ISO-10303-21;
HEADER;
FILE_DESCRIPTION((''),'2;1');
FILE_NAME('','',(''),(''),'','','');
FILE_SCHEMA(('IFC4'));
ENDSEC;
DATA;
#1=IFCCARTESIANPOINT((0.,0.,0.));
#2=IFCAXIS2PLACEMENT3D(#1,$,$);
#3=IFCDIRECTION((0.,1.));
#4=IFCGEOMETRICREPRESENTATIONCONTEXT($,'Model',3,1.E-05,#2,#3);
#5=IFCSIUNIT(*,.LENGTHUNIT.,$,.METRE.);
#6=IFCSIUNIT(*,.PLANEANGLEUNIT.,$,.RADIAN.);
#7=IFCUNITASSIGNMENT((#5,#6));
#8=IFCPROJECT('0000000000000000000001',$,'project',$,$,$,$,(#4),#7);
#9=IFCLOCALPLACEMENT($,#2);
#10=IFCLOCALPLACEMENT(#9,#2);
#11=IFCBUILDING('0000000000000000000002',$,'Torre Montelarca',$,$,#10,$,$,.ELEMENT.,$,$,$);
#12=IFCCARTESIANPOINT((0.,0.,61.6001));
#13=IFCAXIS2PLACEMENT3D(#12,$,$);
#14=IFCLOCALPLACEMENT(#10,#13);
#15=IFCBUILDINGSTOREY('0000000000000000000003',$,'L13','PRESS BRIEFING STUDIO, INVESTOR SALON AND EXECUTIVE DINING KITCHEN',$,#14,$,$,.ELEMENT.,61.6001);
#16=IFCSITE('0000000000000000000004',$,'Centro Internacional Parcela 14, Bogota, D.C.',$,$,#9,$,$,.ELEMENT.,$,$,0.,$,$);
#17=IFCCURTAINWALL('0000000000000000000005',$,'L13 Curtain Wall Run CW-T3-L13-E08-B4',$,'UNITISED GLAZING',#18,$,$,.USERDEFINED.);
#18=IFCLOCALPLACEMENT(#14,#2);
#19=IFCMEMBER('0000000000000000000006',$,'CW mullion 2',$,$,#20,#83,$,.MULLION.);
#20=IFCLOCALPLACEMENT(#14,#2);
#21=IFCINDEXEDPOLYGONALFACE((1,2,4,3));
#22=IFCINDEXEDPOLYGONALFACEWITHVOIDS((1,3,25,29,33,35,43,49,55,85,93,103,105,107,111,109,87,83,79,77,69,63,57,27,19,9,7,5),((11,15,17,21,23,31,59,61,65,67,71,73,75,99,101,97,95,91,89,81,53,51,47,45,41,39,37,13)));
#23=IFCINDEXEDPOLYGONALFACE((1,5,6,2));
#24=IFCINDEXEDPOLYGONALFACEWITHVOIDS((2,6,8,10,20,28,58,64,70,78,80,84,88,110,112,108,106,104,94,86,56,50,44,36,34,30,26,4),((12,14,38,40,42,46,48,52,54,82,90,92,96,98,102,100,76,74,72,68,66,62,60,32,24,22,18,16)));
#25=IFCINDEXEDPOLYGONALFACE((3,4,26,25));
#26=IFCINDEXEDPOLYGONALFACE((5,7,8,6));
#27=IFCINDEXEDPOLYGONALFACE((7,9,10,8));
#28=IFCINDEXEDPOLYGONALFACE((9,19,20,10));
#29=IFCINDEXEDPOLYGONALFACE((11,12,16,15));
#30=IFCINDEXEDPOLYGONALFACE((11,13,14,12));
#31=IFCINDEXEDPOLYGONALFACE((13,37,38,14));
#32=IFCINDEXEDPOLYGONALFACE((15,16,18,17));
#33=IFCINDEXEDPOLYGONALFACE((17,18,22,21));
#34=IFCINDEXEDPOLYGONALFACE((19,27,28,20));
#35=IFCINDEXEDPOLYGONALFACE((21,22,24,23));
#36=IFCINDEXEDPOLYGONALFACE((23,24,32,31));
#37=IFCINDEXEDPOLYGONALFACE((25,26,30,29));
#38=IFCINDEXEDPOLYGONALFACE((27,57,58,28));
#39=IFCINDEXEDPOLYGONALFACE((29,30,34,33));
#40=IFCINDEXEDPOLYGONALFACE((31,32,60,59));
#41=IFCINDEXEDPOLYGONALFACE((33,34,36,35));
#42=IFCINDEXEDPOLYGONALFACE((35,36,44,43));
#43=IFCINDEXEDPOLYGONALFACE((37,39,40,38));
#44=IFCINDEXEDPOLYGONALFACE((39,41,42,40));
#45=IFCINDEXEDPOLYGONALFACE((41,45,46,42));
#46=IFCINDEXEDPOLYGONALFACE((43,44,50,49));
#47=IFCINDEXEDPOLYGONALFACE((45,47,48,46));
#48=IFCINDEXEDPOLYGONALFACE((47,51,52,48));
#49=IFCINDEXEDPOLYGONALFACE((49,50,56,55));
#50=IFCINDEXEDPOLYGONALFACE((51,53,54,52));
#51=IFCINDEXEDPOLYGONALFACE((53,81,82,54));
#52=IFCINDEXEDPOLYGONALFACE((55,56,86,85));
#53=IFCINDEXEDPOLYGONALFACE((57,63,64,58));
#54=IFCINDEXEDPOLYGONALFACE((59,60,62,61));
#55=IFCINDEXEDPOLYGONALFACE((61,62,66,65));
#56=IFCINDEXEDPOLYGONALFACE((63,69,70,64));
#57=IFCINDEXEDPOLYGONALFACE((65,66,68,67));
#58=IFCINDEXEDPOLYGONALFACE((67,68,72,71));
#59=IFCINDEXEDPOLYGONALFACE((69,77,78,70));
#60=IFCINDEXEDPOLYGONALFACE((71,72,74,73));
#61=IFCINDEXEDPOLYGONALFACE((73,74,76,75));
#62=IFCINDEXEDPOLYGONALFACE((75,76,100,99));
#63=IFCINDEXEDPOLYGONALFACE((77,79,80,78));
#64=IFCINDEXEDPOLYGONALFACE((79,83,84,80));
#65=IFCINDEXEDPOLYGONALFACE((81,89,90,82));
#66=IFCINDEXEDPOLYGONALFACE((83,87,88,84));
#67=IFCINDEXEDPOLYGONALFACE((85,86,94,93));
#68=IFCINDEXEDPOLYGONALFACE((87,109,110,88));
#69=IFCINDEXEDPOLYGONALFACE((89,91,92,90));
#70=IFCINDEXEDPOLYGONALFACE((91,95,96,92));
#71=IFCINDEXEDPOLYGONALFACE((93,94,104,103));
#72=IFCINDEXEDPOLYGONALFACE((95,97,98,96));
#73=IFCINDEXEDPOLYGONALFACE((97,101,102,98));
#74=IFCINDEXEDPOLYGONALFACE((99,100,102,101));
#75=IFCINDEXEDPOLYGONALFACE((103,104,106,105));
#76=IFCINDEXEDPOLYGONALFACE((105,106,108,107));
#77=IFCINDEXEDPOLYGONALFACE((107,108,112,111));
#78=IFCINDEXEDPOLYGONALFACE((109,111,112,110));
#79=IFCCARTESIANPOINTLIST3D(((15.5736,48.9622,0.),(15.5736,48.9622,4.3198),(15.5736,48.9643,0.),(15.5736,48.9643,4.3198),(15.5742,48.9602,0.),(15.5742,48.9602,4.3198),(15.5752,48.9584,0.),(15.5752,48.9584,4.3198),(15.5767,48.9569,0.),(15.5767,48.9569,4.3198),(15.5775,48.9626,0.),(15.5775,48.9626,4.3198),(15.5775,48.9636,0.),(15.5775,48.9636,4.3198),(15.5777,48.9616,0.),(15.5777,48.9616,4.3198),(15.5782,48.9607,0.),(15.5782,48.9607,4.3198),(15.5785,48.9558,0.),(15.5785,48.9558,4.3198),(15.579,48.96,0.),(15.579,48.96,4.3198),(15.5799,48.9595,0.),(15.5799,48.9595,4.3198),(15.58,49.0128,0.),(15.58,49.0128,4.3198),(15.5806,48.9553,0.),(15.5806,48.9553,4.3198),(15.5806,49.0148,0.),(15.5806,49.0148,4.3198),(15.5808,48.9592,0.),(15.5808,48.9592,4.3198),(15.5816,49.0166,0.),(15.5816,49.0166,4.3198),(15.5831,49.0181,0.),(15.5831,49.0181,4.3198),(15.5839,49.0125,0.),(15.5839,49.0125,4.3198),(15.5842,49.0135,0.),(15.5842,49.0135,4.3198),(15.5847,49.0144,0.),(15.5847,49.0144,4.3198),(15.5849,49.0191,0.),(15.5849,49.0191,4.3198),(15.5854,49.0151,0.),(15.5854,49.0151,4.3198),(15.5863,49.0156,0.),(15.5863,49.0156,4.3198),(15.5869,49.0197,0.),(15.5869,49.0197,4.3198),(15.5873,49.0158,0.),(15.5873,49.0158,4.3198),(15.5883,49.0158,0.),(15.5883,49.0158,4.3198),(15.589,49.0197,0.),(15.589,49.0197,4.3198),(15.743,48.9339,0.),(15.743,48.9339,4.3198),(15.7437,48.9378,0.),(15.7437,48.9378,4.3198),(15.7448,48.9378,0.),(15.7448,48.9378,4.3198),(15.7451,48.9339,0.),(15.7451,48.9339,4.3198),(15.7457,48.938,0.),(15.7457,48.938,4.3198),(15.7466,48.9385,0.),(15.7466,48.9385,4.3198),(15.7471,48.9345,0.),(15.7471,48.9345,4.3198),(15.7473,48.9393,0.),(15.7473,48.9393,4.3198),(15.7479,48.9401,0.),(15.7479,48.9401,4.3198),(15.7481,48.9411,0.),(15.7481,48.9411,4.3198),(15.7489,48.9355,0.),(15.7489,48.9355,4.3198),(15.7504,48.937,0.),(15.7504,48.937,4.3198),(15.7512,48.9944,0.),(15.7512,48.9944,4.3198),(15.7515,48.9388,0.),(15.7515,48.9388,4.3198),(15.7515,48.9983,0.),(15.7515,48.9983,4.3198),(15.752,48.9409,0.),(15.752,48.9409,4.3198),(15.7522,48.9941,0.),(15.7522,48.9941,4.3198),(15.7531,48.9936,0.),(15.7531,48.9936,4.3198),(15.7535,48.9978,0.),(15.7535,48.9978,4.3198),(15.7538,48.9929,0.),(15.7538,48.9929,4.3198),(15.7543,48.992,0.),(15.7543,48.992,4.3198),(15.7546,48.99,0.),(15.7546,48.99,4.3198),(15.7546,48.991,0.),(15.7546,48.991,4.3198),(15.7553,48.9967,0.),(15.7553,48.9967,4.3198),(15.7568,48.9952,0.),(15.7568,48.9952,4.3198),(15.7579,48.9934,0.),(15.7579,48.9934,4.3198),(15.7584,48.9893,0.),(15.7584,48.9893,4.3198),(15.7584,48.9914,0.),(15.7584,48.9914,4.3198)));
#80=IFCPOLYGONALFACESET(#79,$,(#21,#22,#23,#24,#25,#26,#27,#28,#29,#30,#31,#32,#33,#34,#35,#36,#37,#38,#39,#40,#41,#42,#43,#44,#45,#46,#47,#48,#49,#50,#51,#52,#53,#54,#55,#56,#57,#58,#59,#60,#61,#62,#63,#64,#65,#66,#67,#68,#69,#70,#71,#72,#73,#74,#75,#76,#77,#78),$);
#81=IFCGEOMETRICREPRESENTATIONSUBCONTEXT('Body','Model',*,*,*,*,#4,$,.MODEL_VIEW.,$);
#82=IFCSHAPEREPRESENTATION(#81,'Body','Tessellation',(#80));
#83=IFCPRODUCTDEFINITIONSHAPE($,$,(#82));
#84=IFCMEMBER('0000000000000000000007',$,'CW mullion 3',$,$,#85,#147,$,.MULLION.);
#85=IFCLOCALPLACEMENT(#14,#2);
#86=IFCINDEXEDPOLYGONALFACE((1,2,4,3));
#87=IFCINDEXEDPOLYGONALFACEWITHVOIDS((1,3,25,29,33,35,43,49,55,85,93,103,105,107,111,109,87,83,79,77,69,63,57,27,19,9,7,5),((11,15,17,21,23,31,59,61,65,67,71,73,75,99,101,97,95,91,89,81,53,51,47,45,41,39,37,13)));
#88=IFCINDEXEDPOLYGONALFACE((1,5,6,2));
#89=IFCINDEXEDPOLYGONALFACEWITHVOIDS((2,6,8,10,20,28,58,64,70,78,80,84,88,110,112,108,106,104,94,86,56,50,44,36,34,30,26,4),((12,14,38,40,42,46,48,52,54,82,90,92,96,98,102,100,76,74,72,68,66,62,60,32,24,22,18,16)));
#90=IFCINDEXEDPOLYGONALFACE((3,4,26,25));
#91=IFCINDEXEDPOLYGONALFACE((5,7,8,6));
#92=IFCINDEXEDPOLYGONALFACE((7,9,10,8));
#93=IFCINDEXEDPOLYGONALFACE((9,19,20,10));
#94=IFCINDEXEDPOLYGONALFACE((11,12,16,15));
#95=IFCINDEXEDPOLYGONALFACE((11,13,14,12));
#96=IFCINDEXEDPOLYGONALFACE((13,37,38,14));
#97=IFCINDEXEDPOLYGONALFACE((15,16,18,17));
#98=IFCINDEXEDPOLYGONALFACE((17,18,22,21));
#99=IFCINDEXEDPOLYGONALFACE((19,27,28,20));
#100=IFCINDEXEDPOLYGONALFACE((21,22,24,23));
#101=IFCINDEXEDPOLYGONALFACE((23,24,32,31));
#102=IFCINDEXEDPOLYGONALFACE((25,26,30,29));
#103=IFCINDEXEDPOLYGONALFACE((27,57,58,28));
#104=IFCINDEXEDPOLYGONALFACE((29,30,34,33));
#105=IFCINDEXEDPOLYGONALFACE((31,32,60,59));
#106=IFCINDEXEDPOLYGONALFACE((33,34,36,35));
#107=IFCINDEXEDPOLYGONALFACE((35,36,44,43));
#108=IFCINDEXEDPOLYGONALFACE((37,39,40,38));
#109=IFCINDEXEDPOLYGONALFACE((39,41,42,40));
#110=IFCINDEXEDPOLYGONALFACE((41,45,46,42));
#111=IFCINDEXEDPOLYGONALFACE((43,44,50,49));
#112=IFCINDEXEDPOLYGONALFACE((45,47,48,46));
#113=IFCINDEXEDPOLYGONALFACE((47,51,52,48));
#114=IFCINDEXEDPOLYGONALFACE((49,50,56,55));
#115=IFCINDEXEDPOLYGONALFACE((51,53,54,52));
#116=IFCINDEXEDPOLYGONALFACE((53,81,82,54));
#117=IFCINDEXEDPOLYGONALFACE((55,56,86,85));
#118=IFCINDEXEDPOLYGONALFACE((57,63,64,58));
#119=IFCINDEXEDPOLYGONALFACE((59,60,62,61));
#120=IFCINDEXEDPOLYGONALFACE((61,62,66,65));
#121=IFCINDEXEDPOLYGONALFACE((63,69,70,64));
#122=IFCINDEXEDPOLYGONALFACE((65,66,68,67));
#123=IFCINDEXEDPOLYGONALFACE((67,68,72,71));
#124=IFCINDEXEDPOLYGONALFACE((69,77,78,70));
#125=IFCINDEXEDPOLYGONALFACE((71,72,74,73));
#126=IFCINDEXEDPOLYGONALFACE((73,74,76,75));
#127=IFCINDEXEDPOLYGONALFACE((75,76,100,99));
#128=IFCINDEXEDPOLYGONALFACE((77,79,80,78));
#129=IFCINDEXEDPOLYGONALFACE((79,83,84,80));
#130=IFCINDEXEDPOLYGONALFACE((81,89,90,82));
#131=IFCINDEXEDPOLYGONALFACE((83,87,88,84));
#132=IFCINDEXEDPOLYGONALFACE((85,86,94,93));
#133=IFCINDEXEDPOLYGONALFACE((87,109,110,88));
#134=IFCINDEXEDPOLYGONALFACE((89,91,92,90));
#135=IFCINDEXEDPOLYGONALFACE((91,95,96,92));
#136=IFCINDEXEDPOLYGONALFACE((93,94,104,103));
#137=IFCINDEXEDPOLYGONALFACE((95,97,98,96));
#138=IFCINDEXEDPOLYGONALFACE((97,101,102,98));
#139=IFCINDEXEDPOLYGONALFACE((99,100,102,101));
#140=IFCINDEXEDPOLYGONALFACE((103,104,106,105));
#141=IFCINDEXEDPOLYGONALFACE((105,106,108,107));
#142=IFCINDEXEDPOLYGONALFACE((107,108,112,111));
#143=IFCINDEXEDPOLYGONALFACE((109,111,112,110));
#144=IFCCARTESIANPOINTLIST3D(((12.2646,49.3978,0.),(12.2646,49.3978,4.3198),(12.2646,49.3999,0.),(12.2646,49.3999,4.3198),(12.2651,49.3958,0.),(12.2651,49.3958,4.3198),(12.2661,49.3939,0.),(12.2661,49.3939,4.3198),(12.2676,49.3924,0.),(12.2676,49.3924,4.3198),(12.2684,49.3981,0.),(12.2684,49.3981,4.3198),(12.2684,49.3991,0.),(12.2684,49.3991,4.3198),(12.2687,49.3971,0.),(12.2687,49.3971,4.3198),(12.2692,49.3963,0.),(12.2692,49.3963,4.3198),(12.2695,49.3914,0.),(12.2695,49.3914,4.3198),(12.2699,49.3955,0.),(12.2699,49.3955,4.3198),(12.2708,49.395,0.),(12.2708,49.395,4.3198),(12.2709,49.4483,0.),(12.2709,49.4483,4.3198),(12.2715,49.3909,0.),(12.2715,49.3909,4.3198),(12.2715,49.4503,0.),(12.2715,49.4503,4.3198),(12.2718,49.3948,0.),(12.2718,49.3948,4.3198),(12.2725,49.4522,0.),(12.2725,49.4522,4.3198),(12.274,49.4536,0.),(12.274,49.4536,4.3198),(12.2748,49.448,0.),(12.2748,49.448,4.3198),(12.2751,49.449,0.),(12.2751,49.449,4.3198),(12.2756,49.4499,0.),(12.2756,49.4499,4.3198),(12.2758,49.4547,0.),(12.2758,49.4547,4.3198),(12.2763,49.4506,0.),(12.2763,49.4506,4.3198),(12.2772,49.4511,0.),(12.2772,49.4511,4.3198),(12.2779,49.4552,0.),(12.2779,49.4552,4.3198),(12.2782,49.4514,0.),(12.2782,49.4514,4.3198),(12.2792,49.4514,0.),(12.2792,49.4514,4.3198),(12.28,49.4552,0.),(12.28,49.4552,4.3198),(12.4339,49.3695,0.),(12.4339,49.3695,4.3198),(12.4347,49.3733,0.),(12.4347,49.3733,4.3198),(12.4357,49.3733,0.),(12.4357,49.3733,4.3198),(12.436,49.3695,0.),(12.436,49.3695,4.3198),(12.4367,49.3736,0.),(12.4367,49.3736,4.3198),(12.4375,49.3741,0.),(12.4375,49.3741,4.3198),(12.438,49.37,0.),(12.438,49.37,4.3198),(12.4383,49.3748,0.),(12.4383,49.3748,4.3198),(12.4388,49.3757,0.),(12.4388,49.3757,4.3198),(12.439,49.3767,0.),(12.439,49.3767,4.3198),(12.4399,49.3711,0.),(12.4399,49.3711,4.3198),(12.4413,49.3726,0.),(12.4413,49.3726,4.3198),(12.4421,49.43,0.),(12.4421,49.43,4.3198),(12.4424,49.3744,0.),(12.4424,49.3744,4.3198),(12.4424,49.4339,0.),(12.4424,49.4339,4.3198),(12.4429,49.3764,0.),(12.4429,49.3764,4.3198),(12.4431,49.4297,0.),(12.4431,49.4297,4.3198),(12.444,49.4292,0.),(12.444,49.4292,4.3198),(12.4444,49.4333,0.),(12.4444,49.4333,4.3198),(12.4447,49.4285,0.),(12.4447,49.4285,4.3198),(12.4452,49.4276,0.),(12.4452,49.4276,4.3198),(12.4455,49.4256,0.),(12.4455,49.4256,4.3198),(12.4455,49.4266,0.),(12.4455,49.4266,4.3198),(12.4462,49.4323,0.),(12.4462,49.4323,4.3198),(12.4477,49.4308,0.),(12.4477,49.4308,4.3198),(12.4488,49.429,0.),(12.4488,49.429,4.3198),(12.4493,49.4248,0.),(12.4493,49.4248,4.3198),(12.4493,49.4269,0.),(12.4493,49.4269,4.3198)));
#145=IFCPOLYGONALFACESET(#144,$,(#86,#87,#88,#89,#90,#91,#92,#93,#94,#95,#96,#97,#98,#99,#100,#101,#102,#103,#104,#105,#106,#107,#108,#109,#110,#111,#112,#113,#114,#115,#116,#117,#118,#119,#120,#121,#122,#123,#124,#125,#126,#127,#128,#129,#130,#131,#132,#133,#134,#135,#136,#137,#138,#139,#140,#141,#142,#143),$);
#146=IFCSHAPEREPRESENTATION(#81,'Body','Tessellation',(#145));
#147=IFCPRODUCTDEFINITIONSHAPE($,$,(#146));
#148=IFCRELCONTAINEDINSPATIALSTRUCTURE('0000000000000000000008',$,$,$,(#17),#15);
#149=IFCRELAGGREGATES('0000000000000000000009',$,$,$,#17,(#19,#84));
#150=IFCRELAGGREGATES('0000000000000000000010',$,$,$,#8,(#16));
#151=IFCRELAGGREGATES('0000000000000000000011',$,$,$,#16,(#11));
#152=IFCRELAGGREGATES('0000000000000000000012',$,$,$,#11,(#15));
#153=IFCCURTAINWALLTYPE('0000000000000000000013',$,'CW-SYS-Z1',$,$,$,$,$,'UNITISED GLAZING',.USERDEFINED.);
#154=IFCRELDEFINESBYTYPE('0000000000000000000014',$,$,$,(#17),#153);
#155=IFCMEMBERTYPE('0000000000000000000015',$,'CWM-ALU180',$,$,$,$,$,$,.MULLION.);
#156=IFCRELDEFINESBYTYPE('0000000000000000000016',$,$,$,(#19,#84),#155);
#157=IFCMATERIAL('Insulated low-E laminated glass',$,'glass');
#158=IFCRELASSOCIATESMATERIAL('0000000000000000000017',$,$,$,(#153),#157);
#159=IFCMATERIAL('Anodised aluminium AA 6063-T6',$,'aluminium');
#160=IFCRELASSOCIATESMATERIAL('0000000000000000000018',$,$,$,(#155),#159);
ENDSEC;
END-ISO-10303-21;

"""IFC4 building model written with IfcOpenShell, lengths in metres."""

from ifc_helpers import new_model, si_unit, direction, frame, origin, origin_2d, place, context, subcontext, project, spatial, hollow_rectangle, extrude, source, transform, mapped, material, material_profile, profile_set, type_object, element, aggregate, save


model = new_model("IFC4")

# Units and contexts
model_context = context("Model", 3, precision=1e-05, world=origin(), true_north=direction((0.0, 1.0)))
body_context = subcontext(model_context, "Body", "Model", "MODEL_VIEW")
ifc_project = project(units=[si_unit("LENGTHUNIT", "METRE"), si_unit("PLANEANGLEUNIT", "RADIAN")], contexts=[model_context])

# Site, building, storey
site_placement = place(None, origin())
site = spatial("IfcSite", under=ifc_project, at=site_placement, Name="Centro Internacional Parcela 14, Bogota, D.C.", CompositionType="ELEMENT", RefElevation=0.0)
building_placement = place(site_placement, origin())
building = spatial("IfcBuilding", under=site, at=building_placement, Name="Torre Montelarca", CompositionType="ELEMENT")
storey_placement = place(building_placement, frame((0.0, 0.0, 61.6001)))
storey = spatial("IfcBuildingStorey", under=building, at=storey_placement, Name="L13", Description="PRESS BRIEFING STUDIO, INVESTOR SALON AND EXECUTIVE DINING KITCHEN", CompositionType="ELEMENT", Elevation=61.6001)

# Curtain wall
ifc_material_1 = material(Name="Insulated low-E laminated glass", Category="glass")
curtain_wall_type = type_object("IfcCurtainWallType", Name="CW-SYS-Z1", ElementType="UNITISED GLAZING", PredefinedType="USERDEFINED", material=ifc_material_1)
curtain_wall_1_placement = place(storey_placement, origin())
curtain_wall_1 = element("IfcCurtainWall", 1, at=curtain_wall_1_placement, inside=storey, type_object=curtain_wall_type, Name="L13 Curtain Wall Run CW-T3-L13-E08-B4", ObjectType="UNITISED GLAZING", PredefinedType="USERDEFINED")
ifc_material_2 = material(Name="Anodised aluminium AA 6063-T6", Category="aluminium")

# Members
ifc_material_profile_1 = material_profile(ifc_material_2, hollow_rectangle(XDim=0.0649, YDim=0.1799, WallThickness=0.0039, InnerFilletRadius=0.0039, OuterFilletRadius=0.0081, at=origin_2d()), Name="ALU65X180X4", Category="aluminium")
ifc_profile_set_1 = profile_set([ifc_material_profile_1], Name="Anodised aluminium AA 6063-T6")
member_type_1 = type_object("IfcMemberType", Name="CWM-ALU180", PredefinedType="MULLION", material=ifc_profile_set_1)
shared_shape_1 = source(origin(), body_context, "Body", "SweptSolid", [
    extrude(hollow_rectangle(XDim=0.0649, YDim=0.1799, WallThickness=0.0039, InnerFilletRadius=0.0039, OuterFilletRadius=0.0081, at=origin_2d()), origin(), (0.0, 0.0, 1.0), 4.3198),
])
member_1_placement = place(storey_placement, frame((15.666, 48.9768, 0.0), z_axis=(0.0, 0.0, 1.0), x_axis=(-0.130518, -0.991446, 0.0)))
member_1 = element("IfcMember", 2, at=member_1_placement, type_object=member_type_1, Name="CW mullion 2", PredefinedType="MULLION", context=body_context, shape_type="MappedRepresentation", body=[
    mapped(shared_shape_1, transform((0.0, 0.0, 0.0), scale=1.0)),
])
member_2_placement = place(storey_placement, frame((12.3569, 49.4124, 0.0), z_axis=(0.0, 0.0, 1.0), x_axis=(-0.130518, -0.991446, 0.0)))
member_2 = element("IfcMember", 3, at=member_2_placement, type_object=member_type_1, Name="CW mullion 3", PredefinedType="MULLION", context=body_context, shape_type="MappedRepresentation", body=[
    mapped(shared_shape_1, transform((0.0, 0.0, 0.0), scale=1.0)),
])

aggregate(curtain_wall_1, [member_1, member_2])

save(model, "model.ifc")
